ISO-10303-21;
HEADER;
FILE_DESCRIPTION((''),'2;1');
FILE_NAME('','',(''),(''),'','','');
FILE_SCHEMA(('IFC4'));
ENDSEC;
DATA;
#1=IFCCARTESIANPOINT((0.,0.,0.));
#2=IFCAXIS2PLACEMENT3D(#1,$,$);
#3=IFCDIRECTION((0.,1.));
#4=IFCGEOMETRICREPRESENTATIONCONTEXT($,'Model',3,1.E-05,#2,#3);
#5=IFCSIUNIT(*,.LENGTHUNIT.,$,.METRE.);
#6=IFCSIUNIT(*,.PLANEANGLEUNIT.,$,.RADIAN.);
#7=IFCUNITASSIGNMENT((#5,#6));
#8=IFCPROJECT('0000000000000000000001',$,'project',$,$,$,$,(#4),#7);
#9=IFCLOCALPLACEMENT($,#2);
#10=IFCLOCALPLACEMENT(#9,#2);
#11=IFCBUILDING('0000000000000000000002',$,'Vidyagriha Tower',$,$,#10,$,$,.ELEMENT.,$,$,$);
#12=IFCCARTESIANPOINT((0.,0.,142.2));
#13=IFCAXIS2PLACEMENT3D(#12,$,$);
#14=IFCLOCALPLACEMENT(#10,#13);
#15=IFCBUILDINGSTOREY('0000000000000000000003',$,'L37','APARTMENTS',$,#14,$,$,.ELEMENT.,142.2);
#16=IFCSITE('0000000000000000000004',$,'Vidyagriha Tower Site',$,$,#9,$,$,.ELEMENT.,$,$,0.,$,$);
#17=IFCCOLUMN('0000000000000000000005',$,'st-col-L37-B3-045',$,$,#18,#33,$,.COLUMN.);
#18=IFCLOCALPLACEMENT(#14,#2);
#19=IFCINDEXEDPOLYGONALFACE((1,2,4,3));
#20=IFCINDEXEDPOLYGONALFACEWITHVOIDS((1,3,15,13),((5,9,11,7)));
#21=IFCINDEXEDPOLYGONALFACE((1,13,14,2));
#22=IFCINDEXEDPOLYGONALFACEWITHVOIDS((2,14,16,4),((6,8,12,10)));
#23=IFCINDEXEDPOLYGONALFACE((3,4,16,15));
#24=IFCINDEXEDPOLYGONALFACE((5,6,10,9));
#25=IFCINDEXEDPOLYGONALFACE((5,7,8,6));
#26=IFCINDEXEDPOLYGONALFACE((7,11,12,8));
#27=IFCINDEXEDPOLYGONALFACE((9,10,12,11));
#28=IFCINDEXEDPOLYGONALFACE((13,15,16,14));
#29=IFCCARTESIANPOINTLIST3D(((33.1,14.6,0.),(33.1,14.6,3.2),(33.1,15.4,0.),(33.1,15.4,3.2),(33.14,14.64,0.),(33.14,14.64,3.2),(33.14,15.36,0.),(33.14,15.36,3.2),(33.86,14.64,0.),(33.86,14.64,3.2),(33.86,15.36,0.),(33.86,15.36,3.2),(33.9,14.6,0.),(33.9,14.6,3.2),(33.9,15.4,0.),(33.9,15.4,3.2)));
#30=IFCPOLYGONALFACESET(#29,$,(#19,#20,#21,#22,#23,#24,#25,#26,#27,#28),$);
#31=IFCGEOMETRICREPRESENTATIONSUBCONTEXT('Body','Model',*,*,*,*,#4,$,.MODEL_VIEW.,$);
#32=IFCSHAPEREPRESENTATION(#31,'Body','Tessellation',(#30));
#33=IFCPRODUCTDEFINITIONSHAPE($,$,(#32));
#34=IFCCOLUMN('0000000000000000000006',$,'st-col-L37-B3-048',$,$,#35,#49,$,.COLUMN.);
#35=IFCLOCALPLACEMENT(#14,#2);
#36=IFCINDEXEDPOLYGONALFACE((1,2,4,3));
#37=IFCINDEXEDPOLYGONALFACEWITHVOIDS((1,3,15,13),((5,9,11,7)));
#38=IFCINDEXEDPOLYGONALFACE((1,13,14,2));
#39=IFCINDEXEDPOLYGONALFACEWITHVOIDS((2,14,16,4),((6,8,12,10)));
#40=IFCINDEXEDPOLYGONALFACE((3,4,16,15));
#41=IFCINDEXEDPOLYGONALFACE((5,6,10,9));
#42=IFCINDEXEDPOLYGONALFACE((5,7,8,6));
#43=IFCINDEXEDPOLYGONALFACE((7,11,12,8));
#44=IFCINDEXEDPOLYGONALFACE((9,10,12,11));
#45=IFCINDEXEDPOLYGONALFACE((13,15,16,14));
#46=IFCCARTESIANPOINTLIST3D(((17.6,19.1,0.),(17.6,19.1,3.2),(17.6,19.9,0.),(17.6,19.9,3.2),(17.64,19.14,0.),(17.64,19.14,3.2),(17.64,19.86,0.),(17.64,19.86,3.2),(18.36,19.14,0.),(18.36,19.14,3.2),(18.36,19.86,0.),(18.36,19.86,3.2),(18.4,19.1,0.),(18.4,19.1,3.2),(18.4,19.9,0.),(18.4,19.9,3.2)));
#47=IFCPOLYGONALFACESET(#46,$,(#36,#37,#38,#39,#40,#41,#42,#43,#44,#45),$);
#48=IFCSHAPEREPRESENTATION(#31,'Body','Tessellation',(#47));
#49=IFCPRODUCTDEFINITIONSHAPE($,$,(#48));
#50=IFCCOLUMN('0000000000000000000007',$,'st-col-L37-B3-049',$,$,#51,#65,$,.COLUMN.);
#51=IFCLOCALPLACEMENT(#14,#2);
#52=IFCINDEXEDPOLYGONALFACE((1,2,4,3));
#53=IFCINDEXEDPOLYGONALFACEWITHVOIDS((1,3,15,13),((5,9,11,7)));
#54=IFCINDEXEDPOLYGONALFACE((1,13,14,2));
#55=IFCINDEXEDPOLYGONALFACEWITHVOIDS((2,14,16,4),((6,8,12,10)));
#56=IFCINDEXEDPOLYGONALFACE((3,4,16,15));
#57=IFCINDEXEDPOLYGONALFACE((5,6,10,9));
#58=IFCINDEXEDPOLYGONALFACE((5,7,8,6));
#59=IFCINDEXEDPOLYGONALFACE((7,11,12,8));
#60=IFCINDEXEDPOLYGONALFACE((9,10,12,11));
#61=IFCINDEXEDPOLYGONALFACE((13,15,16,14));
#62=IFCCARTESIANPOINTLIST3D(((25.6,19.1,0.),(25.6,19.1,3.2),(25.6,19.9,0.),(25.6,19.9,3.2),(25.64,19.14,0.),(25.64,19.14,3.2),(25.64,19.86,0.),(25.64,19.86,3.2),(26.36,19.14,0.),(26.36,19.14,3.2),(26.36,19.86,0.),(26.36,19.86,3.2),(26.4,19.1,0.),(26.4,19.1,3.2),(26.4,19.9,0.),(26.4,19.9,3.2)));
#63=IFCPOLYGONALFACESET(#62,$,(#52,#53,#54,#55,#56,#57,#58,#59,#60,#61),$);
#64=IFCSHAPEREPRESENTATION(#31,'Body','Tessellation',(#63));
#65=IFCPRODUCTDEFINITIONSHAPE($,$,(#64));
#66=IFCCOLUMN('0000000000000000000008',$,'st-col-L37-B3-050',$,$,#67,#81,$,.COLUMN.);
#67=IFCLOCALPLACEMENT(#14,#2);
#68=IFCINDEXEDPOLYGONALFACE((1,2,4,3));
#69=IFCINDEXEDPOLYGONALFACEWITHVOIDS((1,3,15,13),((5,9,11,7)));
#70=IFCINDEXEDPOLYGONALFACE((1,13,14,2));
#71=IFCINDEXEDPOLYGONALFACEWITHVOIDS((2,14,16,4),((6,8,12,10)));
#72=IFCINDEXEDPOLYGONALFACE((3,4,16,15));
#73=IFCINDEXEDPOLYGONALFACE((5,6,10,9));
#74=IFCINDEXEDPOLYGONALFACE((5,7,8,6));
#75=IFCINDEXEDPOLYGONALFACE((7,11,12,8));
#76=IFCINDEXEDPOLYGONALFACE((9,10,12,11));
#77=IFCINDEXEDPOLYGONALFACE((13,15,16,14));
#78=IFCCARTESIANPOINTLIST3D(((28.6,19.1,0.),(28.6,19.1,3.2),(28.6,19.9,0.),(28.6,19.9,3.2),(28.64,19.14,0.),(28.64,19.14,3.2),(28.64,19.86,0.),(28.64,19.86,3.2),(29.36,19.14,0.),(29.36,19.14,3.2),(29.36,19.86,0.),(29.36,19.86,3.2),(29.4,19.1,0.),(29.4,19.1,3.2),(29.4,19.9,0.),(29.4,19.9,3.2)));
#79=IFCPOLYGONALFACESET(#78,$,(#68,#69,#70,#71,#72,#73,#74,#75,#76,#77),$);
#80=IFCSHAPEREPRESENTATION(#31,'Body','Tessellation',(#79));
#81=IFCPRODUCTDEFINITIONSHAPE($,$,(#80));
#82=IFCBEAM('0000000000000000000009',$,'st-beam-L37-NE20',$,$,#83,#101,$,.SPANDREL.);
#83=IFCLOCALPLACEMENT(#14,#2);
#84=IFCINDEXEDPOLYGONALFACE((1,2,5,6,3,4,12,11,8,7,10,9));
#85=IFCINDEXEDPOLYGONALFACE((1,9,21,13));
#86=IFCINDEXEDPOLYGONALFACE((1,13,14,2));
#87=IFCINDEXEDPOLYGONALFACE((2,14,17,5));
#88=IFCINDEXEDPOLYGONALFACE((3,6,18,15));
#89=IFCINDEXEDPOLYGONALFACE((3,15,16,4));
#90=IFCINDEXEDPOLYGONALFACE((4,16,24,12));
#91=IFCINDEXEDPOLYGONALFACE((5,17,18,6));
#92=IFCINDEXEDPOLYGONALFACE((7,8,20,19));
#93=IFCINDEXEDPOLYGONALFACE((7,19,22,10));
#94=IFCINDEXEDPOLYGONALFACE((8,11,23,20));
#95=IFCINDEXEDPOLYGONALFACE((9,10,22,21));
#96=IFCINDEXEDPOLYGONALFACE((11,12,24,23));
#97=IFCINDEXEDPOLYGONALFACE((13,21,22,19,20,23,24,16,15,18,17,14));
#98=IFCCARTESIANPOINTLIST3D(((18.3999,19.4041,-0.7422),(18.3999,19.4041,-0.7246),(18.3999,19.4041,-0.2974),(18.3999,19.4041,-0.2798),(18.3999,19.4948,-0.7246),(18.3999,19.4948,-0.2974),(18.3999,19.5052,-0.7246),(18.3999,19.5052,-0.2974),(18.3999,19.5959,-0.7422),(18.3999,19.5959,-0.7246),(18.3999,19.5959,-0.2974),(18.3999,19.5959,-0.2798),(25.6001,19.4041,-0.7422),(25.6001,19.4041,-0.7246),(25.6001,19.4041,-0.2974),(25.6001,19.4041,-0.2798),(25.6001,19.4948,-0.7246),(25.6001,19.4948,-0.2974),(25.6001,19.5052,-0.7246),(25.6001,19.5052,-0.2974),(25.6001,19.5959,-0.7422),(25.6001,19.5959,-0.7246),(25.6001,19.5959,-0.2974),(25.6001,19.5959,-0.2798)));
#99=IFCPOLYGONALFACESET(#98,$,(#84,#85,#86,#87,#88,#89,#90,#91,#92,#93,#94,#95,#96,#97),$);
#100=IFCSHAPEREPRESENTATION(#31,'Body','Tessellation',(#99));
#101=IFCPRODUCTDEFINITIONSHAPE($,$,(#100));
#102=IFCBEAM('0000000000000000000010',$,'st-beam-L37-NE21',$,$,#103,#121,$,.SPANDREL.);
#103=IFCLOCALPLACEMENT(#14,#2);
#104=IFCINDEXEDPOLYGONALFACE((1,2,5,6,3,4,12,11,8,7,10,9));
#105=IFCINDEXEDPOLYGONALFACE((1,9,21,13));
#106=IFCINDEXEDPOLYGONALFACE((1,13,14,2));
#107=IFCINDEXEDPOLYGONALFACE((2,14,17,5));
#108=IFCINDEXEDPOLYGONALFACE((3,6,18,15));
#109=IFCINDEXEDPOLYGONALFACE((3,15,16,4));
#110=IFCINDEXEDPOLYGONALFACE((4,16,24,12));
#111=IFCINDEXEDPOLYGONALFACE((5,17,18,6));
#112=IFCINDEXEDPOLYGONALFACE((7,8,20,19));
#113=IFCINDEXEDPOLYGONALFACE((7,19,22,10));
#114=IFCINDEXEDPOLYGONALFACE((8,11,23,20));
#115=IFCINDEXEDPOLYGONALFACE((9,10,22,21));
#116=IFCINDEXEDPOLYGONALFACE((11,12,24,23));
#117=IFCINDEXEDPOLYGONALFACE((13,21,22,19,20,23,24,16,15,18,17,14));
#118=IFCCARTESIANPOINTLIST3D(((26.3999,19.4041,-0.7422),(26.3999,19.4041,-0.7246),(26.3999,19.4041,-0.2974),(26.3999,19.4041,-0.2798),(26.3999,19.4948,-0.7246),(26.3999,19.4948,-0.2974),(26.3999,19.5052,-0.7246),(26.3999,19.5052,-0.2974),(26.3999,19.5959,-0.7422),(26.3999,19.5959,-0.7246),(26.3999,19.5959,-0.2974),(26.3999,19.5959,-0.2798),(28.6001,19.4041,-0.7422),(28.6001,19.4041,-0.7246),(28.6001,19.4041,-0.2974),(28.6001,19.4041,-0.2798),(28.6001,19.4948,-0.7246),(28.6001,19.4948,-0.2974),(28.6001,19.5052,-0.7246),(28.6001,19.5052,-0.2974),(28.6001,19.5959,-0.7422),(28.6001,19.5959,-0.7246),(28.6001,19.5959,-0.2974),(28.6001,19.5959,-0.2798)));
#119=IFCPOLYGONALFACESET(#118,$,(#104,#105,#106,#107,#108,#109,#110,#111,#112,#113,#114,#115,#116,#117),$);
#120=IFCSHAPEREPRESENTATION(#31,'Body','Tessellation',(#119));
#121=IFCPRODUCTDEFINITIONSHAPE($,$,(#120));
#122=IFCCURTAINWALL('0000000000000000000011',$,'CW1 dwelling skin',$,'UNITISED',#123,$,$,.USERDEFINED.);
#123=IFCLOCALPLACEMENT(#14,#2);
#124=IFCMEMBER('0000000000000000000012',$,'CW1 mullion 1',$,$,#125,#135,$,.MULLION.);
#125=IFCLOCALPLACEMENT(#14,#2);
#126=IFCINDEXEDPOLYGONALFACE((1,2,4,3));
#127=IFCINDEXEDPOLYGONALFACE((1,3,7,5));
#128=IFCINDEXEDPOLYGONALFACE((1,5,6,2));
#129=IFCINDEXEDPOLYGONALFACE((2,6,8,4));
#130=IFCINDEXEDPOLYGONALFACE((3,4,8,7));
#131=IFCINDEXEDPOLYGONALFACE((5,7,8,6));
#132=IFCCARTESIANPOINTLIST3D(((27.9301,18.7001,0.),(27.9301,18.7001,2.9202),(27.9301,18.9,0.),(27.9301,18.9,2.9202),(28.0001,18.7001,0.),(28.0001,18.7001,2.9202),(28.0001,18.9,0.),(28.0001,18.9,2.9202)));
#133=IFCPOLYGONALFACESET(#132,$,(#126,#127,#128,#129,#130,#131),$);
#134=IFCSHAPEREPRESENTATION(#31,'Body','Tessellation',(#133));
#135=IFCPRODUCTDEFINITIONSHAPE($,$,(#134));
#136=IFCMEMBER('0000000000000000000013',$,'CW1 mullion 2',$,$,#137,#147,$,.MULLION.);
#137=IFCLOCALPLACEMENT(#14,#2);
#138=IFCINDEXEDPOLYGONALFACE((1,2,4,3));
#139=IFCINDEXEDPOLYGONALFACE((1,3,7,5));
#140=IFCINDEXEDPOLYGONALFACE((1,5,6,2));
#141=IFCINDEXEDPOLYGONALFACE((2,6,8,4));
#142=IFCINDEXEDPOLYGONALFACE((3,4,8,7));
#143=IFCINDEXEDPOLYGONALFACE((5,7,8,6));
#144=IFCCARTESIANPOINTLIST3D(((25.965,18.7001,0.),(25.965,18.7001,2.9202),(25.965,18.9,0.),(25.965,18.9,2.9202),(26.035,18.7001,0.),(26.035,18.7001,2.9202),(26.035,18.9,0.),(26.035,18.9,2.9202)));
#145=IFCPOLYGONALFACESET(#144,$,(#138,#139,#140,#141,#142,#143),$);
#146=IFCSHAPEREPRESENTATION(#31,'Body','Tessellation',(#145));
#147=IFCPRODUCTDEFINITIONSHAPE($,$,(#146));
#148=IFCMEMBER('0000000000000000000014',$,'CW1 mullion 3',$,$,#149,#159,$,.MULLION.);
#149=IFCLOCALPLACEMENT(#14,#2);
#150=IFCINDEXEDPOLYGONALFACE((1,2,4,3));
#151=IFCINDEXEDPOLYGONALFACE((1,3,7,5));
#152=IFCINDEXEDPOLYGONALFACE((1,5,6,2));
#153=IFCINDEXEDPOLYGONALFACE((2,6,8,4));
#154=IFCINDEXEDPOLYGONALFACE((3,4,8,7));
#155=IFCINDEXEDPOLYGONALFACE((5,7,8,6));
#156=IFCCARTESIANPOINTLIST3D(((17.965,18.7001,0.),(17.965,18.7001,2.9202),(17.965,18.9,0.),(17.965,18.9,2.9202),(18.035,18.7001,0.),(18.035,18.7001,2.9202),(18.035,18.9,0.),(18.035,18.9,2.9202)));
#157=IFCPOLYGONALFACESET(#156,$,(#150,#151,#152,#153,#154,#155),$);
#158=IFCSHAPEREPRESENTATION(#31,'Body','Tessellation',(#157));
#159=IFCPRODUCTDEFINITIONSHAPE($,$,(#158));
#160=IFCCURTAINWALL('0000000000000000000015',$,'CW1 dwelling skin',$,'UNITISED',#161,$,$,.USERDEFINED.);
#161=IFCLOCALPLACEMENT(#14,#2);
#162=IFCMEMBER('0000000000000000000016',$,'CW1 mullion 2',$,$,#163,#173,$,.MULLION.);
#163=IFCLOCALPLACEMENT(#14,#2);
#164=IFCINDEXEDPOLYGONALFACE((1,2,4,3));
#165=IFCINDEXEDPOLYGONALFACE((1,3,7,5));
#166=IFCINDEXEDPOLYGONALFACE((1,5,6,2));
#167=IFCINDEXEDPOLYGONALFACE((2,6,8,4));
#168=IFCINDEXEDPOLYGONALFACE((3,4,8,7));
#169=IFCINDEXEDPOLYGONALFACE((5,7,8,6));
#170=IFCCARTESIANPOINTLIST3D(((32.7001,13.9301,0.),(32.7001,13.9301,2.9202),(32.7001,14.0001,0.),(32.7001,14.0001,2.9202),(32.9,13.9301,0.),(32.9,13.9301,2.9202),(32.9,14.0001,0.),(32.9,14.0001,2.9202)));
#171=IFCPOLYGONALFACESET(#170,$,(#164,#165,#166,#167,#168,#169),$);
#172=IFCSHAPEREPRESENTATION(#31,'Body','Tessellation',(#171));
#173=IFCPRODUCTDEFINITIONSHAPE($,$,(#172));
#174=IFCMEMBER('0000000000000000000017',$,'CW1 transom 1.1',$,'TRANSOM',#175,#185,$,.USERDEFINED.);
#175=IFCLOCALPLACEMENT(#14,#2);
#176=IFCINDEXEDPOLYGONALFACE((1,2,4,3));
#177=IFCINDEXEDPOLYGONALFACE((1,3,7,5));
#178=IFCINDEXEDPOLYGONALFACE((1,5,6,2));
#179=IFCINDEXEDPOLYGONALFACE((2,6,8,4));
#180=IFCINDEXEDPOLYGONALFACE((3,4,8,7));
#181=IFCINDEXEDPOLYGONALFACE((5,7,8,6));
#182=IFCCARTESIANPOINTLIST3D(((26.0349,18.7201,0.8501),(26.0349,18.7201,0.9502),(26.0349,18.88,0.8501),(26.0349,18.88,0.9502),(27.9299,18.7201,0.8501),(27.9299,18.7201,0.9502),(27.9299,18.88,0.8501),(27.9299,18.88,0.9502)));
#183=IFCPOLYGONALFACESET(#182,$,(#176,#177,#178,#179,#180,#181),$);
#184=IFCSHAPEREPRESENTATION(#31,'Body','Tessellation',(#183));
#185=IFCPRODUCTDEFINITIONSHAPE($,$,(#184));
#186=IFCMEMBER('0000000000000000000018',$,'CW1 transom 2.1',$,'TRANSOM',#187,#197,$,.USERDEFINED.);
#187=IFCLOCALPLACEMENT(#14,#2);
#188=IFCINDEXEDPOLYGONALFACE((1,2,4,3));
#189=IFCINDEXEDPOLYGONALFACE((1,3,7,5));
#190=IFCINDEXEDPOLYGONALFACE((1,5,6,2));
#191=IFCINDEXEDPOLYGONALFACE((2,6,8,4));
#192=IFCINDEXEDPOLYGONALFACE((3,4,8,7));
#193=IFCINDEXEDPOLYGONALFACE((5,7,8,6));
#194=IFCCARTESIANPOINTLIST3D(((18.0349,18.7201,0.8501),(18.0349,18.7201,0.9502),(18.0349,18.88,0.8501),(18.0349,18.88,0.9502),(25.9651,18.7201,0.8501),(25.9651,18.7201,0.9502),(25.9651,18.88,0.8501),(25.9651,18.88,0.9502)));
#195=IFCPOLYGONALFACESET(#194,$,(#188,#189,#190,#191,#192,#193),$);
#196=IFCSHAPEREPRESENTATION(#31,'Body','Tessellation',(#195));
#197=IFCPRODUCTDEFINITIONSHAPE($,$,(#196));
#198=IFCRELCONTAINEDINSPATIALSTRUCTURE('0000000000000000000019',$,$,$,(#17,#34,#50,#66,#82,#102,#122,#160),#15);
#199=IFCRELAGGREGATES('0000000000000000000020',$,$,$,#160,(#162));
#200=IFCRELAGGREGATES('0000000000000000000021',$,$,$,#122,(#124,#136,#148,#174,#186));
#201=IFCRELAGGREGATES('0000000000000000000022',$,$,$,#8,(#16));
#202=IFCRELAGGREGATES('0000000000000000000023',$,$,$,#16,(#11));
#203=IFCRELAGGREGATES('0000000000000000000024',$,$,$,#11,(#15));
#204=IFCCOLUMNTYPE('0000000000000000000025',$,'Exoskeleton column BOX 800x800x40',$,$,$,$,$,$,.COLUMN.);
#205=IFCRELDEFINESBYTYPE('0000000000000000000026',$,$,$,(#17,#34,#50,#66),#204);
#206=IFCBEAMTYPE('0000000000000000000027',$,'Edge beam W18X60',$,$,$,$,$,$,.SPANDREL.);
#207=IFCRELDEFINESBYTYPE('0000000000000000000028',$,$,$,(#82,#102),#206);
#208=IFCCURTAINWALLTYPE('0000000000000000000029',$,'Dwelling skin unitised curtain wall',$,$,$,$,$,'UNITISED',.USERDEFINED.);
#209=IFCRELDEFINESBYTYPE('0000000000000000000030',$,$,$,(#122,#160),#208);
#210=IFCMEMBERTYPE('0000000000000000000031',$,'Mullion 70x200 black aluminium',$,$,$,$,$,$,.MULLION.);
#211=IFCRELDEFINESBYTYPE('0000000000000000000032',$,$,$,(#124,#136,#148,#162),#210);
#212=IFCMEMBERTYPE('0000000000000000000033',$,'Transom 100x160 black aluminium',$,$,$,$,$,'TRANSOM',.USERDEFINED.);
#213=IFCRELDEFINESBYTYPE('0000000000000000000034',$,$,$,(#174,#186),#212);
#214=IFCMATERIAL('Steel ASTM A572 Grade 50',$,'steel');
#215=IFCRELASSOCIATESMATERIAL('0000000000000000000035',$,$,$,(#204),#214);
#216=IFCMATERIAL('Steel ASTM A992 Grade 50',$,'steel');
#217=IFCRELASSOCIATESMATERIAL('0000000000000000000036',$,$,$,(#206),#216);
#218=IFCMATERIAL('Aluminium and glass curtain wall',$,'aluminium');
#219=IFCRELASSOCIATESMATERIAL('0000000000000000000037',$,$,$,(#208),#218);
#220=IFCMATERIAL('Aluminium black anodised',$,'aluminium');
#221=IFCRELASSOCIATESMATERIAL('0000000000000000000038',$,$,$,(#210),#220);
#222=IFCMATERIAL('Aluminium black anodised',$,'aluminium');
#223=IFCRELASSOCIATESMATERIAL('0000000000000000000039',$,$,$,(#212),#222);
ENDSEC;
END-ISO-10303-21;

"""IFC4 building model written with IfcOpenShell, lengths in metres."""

from ifc_helpers import new_model, si_unit, direction, frame, origin, origin_2d, place, context, subcontext, project, spatial, rectangle, hollow_rectangle, i_section, extrude, material, material_profile, profile_set, type_object, element, aggregate, save


model = new_model("IFC4")

# Units and contexts
model_context = context("Model", 3, precision=1e-05, world=origin(), true_north=direction((0.0, 1.0)))
body_context = subcontext(model_context, "Body", "Model", "MODEL_VIEW")
ifc_project = project(units=[si_unit("LENGTHUNIT", "METRE"), si_unit("PLANEANGLEUNIT", "RADIAN")], contexts=[model_context])

# Site, building, storey
site_placement = place(None, origin())
site = spatial("IfcSite", under=ifc_project, at=site_placement, Name="Vidyagriha Tower Site", CompositionType="ELEMENT", RefElevation=0.0)
building_placement = place(site_placement, origin())
building = spatial("IfcBuilding", under=site, at=building_placement, Name="Vidyagriha Tower", CompositionType="ELEMENT")
storey_placement = place(building_placement, frame((0.0, 0.0, 142.2)))
storey = spatial("IfcBuildingStorey", under=building, at=storey_placement, Name="L37", Description="APARTMENTS", CompositionType="ELEMENT", Elevation=142.2)

# Columns
ifc_material_1 = material(Name="Steel ASTM A572 Grade 50", Category="steel")
ifc_material_profile_1 = material_profile(ifc_material_1, hollow_rectangle(XDim=0.8, YDim=0.8, WallThickness=0.04, at=origin_2d()), Name="BOX 800x800x40")
ifc_profile_set_1 = profile_set([ifc_material_profile_1], Name="Steel ASTM A572 Grade 50")
column_type = type_object("IfcColumnType", Name="Exoskeleton column BOX 800x800x40", PredefinedType="COLUMN", material=ifc_profile_set_1)
for number, where, name in (
    (1, (33.5, 15.0, 0.0), "st-col-L37-B3-045"),
    (2, (18.0, 19.5, 0.0), "st-col-L37-B3-048"),
    (3, (26.0, 19.5, 0.0), "st-col-L37-B3-049"),
    (4, (29.0, 19.5, 0.0), "st-col-L37-B3-050"),
):
    element("IfcColumn", number, at=place(storey_placement, frame(where)), inside=storey, type_object=column_type, Name=name, PredefinedType="COLUMN", context=body_context, shape_type="SweptSolid", body=[
        extrude(hollow_rectangle(XDim=0.8, YDim=0.8, WallThickness=0.04, at=origin_2d()), origin(), (0.0, 0.0, 1.0), 3.2),
    ])

# Beams
ifc_material_2 = material(Name="Steel ASTM A992 Grade 50", Category="steel")
ifc_material_profile_2 = material_profile(ifc_material_2, i_section(OverallWidth=0.1919, OverallDepth=0.4624, WebThickness=0.0105, FlangeThickness=0.0176, at=origin_2d()), Name="W18X60")
ifc_profile_set_2 = profile_set([ifc_material_profile_2], Name="Steel ASTM A992 Grade 50")
beam_type = type_object("IfcBeamType", Name="Edge beam W18X60", PredefinedType="SPANDREL", material=ifc_profile_set_2)
beam_1_placement = place(storey_placement, frame((18.3999, 19.5, -0.511), z_axis=(1.0, 0.0, 0.0), x_axis=(0.0, 1.0, 0.0)))
element("IfcBeam", 5, at=beam_1_placement, inside=storey, type_object=beam_type, Name="st-beam-L37-NE20", PredefinedType="SPANDREL", context=body_context, shape_type="SweptSolid", body=[
    extrude(i_section(OverallWidth=0.1919, OverallDepth=0.4624, WebThickness=0.0105, FlangeThickness=0.0176, at=origin_2d()), origin(), (0.0, 0.0, 1.0), 7.2002),
])
beam_2_placement = place(storey_placement, frame((26.3999, 19.5, -0.511), z_axis=(1.0, 0.0, 0.0), x_axis=(0.0, 1.0, 0.0)))
element("IfcBeam", 6, at=beam_2_placement, inside=storey, type_object=beam_type, Name="st-beam-L37-NE21", PredefinedType="SPANDREL", context=body_context, shape_type="SweptSolid", body=[
    extrude(i_section(OverallWidth=0.1919, OverallDepth=0.4624, WebThickness=0.0105, FlangeThickness=0.0176, at=origin_2d()), origin(), (0.0, 0.0, 1.0), 2.2002),
])

# Curtain wall, members
ifc_material_3 = material(Name="Aluminium and glass curtain wall", Category="aluminium")
curtain_wall_type = type_object("IfcCurtainWallType", Name="Dwelling skin unitised curtain wall", ElementType="UNITISED", PredefinedType="USERDEFINED", material=ifc_material_3)
curtain_wall_1_placement = place(storey_placement, origin())
curtain_wall_1 = element("IfcCurtainWall", 7, at=curtain_wall_1_placement, inside=storey, type_object=curtain_wall_type, Name="CW1 dwelling skin", ObjectType="UNITISED", PredefinedType="USERDEFINED")
ifc_material_4 = material(Name="Aluminium black anodised", Category="aluminium")
ifc_material_profile_3 = material_profile(ifc_material_4, rectangle(XDim=0.2, YDim=0.0701, at=origin_2d()), Name="Mullion 70x200 black aluminium")
ifc_profile_set_3 = profile_set([ifc_material_profile_3], Name="Aluminium black anodised")
member_type_1 = type_object("IfcMemberType", Name="Mullion 70x200 black aluminium", PredefinedType="MULLION", material=ifc_profile_set_3)
member_1_placement = place(storey_placement, frame((27.9651, 18.8, 0.0), z_axis=(0.0, 0.0, 1.0), x_axis=(0.0, -1.0, 0.0)))
member_1 = element("IfcMember", 8, at=member_1_placement, type_object=member_type_1, Name="CW1 mullion 1", PredefinedType="MULLION", context=body_context, shape_type="SweptSolid", body=[
    extrude(rectangle(XDim=0.2, YDim=0.0701, at=origin_2d()), origin(), (0.0, 0.0, 1.0), 2.9202),
])
member_2_placement = place(storey_placement, frame((26.0, 18.8, 0.0), z_axis=(0.0, 0.0, 1.0), x_axis=(0.0, -1.0, 0.0)))
member_2 = element("IfcMember", 9, at=member_2_placement, type_object=member_type_1, Name="CW1 mullion 2", PredefinedType="MULLION", context=body_context, shape_type="SweptSolid", body=[
    extrude(rectangle(XDim=0.2, YDim=0.0701, at=origin_2d()), origin(), (0.0, 0.0, 1.0), 2.9202),
])
member_3_placement = place(storey_placement, frame((18.0, 18.8, 0.0), z_axis=(0.0, 0.0, 1.0), x_axis=(0.0, -1.0, 0.0)))
member_3 = element("IfcMember", 10, at=member_3_placement, type_object=member_type_1, Name="CW1 mullion 3", PredefinedType="MULLION", context=body_context, shape_type="SweptSolid", body=[
    extrude(rectangle(XDim=0.2, YDim=0.0701, at=origin_2d()), origin(), (0.0, 0.0, 1.0), 2.9202),
])

# Curtain wall, member
curtain_wall_2_placement = place(storey_placement, origin())
curtain_wall_2 = element("IfcCurtainWall", 11, at=curtain_wall_2_placement, inside=storey, type_object=curtain_wall_type, Name="CW1 dwelling skin", ObjectType="UNITISED", PredefinedType="USERDEFINED")
member_4_placement = place(storey_placement, frame((32.8, 13.9651, 0.0), z_axis=(0.0, 0.0, 1.0), x_axis=(-1.0, 0.0, 0.0)))
member_4 = element("IfcMember", 12, at=member_4_placement, type_object=member_type_1, Name="CW1 mullion 2", PredefinedType="MULLION", context=body_context, shape_type="SweptSolid", body=[
    extrude(rectangle(XDim=0.2, YDim=0.0701, at=origin_2d()), origin(), (0.0, 0.0, 1.0), 2.9202),
])
aggregate(curtain_wall_2, [member_4])

# Members
ifc_material_5 = material(Name="Aluminium black anodised", Category="aluminium")
ifc_material_profile_4 = material_profile(ifc_material_5, rectangle(XDim=0.1599, YDim=0.1001, at=origin_2d()), Name="Transom 100x160 black aluminium")
ifc_profile_set_4 = profile_set([ifc_material_profile_4], Name="Aluminium black anodised")
member_type_2 = type_object("IfcMemberType", Name="Transom 100x160 black aluminium", ElementType="TRANSOM", PredefinedType="USERDEFINED", material=ifc_profile_set_4)
member_5_placement = place(storey_placement, frame((27.9299, 18.8, 0.9001), z_axis=(-1.0, 0.0, 0.0), x_axis=(0.0, -1.0, 0.0)))
member_5 = element("IfcMember", 13, at=member_5_placement, type_object=member_type_2, Name="CW1 transom 1.1", ObjectType="TRANSOM", PredefinedType="USERDEFINED", context=body_context, shape_type="SweptSolid", body=[
    extrude(rectangle(XDim=0.1599, YDim=0.1001, at=origin_2d()), origin(), (0.0, 0.0, 1.0), 1.895),
])
member_6_placement = place(storey_placement, frame((25.9651, 18.8, 0.9001), z_axis=(-1.0, 0.0, 0.0), x_axis=(0.0, -1.0, 0.0)))
member_6 = element("IfcMember", 14, at=member_6_placement, type_object=member_type_2, Name="CW1 transom 2.1", ObjectType="TRANSOM", PredefinedType="USERDEFINED", context=body_context, shape_type="SweptSolid", body=[
    extrude(rectangle(XDim=0.1599, YDim=0.1001, at=origin_2d()), origin(), (0.0, 0.0, 1.0), 7.9302),
])

aggregate(curtain_wall_1, [member_1, member_2, member_3, member_5, member_6])

save(model, "model.ifc")
